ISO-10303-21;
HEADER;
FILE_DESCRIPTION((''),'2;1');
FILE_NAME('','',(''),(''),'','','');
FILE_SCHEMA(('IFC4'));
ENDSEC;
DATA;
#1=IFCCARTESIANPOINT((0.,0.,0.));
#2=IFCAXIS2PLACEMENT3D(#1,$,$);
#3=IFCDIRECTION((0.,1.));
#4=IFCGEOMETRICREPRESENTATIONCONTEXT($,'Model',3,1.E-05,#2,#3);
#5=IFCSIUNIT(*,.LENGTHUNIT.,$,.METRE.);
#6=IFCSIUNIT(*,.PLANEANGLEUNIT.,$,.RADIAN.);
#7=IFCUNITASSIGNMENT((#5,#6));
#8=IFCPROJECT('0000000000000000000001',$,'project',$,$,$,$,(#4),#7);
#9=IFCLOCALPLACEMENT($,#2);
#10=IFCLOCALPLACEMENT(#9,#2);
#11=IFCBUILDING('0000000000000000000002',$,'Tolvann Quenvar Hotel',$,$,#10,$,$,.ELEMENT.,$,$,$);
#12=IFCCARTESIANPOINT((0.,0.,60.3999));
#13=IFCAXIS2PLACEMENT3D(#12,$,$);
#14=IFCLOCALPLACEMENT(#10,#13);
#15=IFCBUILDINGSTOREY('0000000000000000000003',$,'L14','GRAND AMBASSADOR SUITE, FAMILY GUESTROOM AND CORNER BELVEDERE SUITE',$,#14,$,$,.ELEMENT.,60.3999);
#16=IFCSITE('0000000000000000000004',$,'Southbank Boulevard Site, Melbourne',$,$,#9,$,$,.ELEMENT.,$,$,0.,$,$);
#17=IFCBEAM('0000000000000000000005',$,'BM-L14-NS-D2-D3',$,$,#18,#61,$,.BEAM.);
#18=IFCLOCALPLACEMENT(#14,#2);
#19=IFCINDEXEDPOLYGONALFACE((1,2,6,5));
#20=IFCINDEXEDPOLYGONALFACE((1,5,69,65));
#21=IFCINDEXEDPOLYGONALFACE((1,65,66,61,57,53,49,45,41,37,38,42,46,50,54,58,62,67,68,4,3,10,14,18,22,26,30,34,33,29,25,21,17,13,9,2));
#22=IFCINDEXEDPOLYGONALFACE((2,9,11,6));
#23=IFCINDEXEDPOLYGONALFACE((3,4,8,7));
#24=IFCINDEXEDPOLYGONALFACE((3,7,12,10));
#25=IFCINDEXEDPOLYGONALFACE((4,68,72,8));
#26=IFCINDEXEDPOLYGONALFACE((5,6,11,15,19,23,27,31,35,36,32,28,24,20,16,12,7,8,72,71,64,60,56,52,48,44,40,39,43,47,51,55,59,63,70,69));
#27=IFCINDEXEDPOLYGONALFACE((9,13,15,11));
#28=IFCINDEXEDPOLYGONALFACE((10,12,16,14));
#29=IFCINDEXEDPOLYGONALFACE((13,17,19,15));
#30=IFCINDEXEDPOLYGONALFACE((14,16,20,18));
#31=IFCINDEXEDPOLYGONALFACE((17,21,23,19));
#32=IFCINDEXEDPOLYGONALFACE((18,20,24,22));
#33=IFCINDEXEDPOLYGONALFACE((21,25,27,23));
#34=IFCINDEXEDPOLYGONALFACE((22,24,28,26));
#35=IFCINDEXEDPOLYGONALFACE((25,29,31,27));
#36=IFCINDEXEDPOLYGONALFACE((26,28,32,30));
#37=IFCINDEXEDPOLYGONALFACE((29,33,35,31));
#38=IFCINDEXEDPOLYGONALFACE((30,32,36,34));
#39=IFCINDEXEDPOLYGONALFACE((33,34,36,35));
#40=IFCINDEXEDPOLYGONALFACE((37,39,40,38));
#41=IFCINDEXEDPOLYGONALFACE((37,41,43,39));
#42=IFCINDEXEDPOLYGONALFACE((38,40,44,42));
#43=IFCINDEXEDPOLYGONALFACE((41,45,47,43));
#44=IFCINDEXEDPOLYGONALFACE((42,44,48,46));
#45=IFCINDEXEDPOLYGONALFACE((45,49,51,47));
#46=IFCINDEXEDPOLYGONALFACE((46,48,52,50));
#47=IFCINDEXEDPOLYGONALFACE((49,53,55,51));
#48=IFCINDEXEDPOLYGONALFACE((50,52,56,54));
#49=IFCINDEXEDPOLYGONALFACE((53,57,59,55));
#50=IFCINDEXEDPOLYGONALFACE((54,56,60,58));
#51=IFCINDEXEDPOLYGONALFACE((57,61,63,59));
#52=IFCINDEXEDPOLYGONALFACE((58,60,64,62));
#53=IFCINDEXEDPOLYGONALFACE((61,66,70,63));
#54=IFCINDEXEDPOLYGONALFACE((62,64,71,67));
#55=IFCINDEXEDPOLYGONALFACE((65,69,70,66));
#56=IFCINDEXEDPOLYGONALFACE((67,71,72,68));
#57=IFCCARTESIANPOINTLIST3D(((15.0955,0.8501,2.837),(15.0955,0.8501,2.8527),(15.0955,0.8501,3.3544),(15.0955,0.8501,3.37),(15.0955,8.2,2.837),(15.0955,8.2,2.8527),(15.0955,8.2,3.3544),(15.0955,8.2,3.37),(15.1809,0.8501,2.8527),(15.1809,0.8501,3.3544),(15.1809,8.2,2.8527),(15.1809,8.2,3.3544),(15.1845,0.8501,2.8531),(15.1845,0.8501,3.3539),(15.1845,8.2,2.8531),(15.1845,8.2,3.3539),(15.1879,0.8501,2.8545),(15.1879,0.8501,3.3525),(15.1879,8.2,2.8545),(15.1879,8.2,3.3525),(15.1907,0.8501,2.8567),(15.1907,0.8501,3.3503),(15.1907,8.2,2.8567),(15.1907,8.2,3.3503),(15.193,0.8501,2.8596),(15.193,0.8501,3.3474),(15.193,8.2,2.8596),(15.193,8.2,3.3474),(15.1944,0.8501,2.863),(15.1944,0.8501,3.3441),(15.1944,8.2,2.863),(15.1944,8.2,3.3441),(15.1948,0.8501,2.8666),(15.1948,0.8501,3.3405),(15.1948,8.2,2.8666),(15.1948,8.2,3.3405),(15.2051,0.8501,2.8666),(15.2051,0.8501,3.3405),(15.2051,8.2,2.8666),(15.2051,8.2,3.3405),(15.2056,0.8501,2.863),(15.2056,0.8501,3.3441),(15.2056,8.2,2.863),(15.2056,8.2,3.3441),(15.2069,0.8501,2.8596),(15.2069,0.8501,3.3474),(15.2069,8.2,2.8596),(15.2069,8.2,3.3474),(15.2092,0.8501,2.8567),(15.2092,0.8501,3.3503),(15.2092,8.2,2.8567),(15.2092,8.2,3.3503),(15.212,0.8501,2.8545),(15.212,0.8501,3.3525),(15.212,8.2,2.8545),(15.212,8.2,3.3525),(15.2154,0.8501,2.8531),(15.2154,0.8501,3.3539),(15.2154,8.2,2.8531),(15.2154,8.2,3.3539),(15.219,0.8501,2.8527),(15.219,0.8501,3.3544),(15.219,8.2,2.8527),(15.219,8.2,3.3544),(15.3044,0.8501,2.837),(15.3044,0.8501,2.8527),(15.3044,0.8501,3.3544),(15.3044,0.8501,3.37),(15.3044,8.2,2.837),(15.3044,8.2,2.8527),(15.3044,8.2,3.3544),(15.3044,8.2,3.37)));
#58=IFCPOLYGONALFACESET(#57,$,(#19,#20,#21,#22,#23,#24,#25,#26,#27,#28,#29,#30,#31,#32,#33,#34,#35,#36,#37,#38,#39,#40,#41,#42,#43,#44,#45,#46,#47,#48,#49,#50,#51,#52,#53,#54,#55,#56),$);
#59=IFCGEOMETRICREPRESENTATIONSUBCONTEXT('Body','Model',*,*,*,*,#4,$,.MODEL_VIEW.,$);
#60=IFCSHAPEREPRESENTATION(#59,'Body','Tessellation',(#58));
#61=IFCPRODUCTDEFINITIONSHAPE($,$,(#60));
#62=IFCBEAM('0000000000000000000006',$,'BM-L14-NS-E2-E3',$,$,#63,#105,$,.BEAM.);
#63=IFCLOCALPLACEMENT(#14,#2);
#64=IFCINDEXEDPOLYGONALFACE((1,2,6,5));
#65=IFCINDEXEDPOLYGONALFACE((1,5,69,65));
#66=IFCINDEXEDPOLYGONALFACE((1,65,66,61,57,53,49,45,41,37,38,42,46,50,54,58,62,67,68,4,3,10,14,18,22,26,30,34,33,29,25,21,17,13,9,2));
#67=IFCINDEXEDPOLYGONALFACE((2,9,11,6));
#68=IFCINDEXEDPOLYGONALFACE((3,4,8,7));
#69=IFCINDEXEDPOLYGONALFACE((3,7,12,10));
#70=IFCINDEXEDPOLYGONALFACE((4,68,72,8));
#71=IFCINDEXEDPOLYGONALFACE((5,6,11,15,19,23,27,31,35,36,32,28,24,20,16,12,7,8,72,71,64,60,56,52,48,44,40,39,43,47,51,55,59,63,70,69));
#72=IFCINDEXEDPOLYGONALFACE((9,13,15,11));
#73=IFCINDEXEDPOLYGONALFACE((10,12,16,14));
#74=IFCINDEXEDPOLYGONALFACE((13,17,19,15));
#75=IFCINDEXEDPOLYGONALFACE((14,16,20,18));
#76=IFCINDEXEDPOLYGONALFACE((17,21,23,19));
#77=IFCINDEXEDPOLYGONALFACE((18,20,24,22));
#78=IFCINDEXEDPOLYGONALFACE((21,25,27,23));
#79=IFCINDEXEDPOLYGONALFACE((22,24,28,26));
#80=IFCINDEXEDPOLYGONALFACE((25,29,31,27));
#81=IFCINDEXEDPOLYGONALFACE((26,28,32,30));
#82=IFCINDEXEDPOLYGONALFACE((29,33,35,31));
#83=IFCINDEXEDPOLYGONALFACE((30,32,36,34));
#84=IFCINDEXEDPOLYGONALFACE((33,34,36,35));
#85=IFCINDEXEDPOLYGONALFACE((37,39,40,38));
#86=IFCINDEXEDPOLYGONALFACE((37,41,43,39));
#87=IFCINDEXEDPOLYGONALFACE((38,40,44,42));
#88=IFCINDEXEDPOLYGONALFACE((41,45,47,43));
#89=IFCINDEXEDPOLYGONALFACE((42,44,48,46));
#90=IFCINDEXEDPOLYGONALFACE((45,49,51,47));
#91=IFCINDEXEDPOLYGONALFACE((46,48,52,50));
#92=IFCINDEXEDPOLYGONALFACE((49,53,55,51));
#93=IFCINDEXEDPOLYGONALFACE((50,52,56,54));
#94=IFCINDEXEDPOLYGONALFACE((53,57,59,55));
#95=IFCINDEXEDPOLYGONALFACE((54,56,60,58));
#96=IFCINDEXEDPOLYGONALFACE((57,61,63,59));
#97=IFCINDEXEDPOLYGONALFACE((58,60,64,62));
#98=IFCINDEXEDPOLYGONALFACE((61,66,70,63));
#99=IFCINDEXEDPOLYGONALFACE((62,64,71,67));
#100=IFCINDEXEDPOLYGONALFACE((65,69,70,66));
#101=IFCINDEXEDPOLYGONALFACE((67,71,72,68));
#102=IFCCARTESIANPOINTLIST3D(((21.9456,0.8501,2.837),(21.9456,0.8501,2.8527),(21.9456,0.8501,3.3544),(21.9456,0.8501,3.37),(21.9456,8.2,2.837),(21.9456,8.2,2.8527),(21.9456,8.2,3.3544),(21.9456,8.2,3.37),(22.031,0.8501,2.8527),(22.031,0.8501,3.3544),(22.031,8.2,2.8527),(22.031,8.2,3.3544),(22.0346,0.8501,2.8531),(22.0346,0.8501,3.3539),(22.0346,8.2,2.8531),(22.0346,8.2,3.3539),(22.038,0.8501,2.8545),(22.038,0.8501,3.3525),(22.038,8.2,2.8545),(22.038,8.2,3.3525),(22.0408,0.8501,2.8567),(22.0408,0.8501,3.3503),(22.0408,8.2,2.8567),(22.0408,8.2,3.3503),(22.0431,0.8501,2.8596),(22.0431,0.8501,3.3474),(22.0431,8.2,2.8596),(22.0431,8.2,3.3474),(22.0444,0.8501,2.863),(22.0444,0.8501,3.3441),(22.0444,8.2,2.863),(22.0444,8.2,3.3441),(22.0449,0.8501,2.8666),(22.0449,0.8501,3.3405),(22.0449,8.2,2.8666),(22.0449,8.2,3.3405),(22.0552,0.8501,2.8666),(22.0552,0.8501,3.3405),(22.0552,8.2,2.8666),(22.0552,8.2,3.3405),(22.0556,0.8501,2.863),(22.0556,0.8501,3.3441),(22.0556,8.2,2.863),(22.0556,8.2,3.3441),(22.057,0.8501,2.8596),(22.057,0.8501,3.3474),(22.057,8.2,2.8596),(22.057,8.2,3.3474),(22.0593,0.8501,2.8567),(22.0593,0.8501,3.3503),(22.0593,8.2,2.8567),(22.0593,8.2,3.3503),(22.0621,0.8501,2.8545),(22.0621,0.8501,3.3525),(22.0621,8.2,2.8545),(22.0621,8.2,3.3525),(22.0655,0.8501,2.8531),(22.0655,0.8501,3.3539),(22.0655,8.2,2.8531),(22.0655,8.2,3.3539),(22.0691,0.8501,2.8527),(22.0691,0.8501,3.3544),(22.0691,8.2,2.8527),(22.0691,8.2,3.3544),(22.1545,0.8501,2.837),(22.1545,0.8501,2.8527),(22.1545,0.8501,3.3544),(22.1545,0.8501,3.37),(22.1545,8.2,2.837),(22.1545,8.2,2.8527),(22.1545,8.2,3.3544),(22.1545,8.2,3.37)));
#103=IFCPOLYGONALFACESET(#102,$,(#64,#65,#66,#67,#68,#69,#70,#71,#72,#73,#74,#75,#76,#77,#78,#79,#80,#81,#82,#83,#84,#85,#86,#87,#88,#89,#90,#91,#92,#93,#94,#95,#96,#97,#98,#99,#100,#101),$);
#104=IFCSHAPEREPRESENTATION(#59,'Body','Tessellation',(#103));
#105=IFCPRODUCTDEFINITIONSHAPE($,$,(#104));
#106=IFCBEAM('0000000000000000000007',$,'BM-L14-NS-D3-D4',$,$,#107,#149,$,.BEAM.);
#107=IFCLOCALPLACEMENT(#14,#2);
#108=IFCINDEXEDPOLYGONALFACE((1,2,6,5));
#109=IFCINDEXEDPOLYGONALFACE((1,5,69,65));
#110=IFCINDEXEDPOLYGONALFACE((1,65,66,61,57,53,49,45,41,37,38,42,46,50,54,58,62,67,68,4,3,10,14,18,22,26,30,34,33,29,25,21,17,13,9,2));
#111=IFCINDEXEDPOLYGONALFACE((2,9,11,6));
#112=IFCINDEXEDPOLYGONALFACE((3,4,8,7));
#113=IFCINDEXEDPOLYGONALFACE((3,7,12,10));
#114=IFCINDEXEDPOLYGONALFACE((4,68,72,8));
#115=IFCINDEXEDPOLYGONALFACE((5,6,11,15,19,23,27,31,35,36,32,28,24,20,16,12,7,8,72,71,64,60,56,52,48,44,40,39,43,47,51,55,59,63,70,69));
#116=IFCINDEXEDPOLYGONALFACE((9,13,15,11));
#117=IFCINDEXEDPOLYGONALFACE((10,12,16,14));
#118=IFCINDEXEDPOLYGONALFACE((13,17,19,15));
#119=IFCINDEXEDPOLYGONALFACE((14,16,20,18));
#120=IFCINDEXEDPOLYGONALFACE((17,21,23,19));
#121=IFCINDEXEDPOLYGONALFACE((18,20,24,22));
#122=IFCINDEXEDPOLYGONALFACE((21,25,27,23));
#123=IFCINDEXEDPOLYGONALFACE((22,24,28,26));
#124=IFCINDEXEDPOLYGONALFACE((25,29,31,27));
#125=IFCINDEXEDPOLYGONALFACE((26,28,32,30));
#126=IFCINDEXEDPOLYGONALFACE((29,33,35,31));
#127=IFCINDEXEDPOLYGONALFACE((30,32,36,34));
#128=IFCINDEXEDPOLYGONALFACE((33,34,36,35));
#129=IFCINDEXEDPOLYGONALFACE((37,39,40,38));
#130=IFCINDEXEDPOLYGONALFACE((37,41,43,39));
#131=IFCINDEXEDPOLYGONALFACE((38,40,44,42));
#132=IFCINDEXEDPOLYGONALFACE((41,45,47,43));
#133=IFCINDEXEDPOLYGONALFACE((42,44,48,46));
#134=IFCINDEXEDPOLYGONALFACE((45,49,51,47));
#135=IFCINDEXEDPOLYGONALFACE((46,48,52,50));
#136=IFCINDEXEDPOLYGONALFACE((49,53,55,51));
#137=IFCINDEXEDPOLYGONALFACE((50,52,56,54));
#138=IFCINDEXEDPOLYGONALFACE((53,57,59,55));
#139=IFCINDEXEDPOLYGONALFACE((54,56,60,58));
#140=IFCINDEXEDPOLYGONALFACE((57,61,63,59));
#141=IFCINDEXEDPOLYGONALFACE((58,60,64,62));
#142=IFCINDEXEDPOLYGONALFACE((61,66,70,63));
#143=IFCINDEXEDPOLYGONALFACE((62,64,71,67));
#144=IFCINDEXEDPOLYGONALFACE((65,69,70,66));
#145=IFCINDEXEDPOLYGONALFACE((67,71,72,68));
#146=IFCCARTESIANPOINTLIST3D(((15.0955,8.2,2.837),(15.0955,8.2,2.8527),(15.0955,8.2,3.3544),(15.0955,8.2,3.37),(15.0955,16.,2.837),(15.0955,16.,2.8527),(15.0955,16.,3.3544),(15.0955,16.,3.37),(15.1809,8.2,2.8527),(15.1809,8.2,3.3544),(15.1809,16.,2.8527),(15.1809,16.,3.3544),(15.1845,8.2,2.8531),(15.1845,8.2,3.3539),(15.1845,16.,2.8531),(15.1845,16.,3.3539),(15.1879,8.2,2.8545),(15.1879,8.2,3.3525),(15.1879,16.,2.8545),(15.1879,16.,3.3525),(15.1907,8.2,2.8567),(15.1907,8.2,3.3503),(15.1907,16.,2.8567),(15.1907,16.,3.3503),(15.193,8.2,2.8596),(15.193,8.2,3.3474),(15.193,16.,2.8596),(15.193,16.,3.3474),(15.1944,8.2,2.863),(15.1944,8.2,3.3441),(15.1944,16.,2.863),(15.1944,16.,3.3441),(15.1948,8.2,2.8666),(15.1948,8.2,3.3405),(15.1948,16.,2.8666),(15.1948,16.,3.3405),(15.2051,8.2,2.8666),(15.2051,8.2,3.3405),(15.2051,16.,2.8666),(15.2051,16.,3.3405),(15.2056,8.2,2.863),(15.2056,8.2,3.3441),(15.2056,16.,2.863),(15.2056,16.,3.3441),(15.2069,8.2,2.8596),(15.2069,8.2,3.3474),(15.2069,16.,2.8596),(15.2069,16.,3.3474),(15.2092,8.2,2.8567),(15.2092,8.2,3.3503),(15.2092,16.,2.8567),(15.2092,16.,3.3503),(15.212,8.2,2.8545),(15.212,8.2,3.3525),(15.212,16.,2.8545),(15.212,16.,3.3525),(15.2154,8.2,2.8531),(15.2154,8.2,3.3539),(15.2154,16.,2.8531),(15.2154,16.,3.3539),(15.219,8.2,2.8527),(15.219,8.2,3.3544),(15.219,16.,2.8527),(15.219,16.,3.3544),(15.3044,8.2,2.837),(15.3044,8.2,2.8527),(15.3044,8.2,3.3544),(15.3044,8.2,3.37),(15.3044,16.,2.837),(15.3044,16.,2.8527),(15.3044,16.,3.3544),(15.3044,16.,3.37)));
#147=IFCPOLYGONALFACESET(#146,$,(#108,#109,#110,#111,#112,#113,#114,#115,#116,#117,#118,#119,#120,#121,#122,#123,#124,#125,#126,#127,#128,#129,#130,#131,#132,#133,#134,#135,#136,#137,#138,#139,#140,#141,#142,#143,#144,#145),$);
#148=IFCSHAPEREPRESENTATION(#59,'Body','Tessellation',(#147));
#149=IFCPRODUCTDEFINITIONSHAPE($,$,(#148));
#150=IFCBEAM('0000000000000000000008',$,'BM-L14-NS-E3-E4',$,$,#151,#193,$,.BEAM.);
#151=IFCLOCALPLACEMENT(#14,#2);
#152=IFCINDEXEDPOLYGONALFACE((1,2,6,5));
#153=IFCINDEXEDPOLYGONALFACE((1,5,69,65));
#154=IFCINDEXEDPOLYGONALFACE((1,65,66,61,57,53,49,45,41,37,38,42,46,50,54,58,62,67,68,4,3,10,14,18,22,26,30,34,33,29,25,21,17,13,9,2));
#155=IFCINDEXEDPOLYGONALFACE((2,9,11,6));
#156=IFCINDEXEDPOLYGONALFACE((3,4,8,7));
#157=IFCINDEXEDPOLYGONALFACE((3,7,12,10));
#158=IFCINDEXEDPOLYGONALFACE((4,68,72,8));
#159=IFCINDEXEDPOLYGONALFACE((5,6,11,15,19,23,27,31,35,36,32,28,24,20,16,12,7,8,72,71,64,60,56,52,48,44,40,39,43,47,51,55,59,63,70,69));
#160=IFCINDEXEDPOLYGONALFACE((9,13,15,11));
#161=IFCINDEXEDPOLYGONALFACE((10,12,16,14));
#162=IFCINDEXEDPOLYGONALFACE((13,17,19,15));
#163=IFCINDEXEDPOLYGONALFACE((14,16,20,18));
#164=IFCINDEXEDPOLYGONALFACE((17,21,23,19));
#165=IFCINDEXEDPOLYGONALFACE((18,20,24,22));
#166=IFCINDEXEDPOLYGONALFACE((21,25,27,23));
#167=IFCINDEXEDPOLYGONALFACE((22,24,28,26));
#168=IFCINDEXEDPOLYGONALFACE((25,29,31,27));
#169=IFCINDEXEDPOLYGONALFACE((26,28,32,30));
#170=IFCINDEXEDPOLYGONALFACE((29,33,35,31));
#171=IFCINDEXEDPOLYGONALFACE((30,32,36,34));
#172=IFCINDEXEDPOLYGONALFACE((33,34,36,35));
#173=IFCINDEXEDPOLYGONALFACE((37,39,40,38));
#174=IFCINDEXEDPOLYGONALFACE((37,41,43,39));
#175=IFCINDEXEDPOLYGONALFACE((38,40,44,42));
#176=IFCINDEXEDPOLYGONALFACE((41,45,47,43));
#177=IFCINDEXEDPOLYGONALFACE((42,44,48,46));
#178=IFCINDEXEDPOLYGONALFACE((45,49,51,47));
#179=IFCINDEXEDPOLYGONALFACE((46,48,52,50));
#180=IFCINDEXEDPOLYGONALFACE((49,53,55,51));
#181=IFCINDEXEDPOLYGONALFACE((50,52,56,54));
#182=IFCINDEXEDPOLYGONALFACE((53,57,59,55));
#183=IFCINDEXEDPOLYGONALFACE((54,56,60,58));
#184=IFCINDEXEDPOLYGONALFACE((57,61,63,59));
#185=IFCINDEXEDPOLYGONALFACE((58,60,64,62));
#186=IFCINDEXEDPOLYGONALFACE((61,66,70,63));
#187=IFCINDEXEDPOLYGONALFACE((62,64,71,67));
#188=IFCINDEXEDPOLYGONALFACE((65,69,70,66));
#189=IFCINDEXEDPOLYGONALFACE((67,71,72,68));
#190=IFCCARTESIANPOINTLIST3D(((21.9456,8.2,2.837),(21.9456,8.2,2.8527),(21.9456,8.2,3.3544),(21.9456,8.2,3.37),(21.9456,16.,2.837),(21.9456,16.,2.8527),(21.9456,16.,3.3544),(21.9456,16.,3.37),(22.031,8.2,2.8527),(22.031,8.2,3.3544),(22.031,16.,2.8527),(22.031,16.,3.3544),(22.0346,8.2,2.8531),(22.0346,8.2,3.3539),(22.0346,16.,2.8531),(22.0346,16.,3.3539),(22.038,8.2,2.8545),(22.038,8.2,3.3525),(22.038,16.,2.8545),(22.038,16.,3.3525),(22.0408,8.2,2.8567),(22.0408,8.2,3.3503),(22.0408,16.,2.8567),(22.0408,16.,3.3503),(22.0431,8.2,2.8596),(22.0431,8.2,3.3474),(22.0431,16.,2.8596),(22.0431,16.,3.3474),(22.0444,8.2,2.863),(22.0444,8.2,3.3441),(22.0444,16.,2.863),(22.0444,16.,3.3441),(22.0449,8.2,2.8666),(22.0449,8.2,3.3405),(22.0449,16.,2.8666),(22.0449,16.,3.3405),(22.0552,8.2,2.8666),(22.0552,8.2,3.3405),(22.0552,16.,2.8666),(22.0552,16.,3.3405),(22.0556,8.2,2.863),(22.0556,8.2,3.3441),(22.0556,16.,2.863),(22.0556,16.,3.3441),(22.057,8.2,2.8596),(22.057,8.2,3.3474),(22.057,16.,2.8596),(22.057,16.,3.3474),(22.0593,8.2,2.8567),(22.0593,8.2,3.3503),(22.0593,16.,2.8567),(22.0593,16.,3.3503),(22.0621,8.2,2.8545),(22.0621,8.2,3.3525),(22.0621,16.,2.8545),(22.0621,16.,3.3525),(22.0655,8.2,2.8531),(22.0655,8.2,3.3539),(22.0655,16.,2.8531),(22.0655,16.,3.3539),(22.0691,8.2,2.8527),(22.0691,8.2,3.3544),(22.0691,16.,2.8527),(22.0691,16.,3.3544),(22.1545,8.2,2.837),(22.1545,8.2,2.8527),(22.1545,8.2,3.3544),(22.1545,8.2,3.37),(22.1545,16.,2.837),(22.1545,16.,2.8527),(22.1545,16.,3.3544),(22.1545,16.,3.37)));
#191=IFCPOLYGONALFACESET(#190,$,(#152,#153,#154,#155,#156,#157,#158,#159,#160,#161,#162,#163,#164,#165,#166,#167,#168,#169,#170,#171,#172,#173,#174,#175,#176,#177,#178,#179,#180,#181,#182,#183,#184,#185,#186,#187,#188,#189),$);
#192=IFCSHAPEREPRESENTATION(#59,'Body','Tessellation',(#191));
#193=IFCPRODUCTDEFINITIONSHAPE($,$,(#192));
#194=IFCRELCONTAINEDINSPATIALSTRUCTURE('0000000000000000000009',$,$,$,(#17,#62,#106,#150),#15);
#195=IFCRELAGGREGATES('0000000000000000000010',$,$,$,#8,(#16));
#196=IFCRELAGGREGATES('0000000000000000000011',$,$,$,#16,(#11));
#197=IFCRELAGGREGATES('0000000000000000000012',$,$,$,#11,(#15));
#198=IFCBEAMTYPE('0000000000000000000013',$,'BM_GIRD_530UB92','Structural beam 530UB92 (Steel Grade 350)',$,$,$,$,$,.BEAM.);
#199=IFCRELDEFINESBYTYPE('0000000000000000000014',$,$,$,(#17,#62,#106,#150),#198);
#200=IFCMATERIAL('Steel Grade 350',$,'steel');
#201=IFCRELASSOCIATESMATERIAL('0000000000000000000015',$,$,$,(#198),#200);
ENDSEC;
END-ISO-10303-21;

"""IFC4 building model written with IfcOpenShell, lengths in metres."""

from ifc_helpers import new_model, si_unit, direction, frame, origin, origin_2d, place, context, subcontext, project, spatial, i_section, extrude, source, transform, mapped, material, material_profile, profile_set, type_object, type_shapes, element, save


model = new_model("IFC4")

# Units and contexts
model_context = context("Model", 3, precision=1e-05, world=origin(), true_north=direction((0.0, 1.0)))
body_context = subcontext(model_context, "Body", "Model", "MODEL_VIEW")
ifc_project = project(units=[si_unit("LENGTHUNIT", "METRE"), si_unit("PLANEANGLEUNIT", "RADIAN")], contexts=[model_context])

# Site, building, storey
site_placement = place(None, origin())
site = spatial("IfcSite", under=ifc_project, at=site_placement, Name="Southbank Boulevard Site, Melbourne", CompositionType="ELEMENT", RefElevation=0.0)
building_placement = place(site_placement, origin())
building = spatial("IfcBuilding", under=site, at=building_placement, Name="Tolvann Quenvar Hotel", CompositionType="ELEMENT")
storey_placement = place(building_placement, frame((0.0, 0.0, 60.3999)))
storey = spatial("IfcBuildingStorey", under=building, at=storey_placement, Name="L14", Description="GRAND AMBASSADOR SUITE, FAMILY GUESTROOM AND CORNER BELVEDERE SUITE", CompositionType="ELEMENT", Elevation=60.3999)

# Shared definitions
ifc_material_1 = material(Name="Steel Grade 350", Category="steel")

# Beams
ifc_material_profile_1 = material_profile(ifc_material_1, i_section(OverallWidth=0.209, OverallDepth=0.533, WebThickness=0.0103, FlangeThickness=0.0156, FilletRadius=0.0139, at=origin_2d()), Name="530UB92")
ifc_profile_set_1 = profile_set([ifc_material_profile_1], Name="Steel Grade 350")
beam_type_1 = type_object("IfcBeamType", Name="BM_GIRD_530UB92", Description="Structural beam 530UB92 (Steel Grade 350)", PredefinedType="BEAM", material=ifc_profile_set_1)
shared_shape_1 = source(origin(), body_context, "Body", "SweptSolid", [
    extrude(i_section(OverallWidth=0.209, OverallDepth=0.533, WebThickness=0.0103, FlangeThickness=0.0156, FilletRadius=0.0139, at=origin_2d()), origin(), (0.0, 0.0, 1.0), 7.3499),
])
for number, where, z_axis, x_axis, name in (
    (1, (15.2, 0.8501, 3.1035), (0.0, 1.0, 0.0), (-1.0, 0.0, 0.0), "BM-L14-NS-D2-D3"),
    (2, (22.05, 0.8501, 3.1035), (0.0, 1.0, 0.0), (-1.0, 0.0, 0.0), "BM-L14-NS-E2-E3"),
):
    element("IfcBeam", number, at=place(storey_placement, frame(where, z_axis=z_axis, x_axis=x_axis)), inside=storey, type_object=beam_type_1, Name=name, PredefinedType="BEAM", context=body_context, shape_type="MappedRepresentation", body=[
        mapped(shared_shape_1, transform((0.0, 0.0, 0.0), x_axis=(1.0, 0.0, 0.0), y_axis=(0.0, 1.0, 0.0), z_axis=(0.0, 0.0, 1.0), scale=1.0)),
    ])
shared_shape_2 = source(origin(), body_context, "Body", "SweptSolid", [
    extrude(i_section(OverallWidth=0.209, OverallDepth=0.533, WebThickness=0.0103, FlangeThickness=0.0156, FilletRadius=0.0139, at=origin_2d()), origin(), (0.0, 0.0, 1.0), 7.8),
])
type_shapes(beam_type_1, [shared_shape_1, shared_shape_2])
for number, where, z_axis, x_axis, name in (
    (3, (15.2, 8.2, 3.1035), (0.0, 1.0, 0.0), (-1.0, 0.0, 0.0), "BM-L14-NS-D3-D4"),
    (4, (22.05, 8.2, 3.1035), (0.0, 1.0, 0.0), (-1.0, 0.0, 0.0), "BM-L14-NS-E3-E4"),
):
    element("IfcBeam", number, at=place(storey_placement, frame(where, z_axis=z_axis, x_axis=x_axis)), inside=storey, type_object=beam_type_1, Name=name, PredefinedType="BEAM", context=body_context, shape_type="MappedRepresentation", body=[
        mapped(shared_shape_2, transform((0.0, 0.0, 0.0), x_axis=(1.0, 0.0, 0.0), y_axis=(0.0, 1.0, 0.0), z_axis=(0.0, 0.0, 1.0), scale=1.0)),
    ])

save(model, "model.ifc")
